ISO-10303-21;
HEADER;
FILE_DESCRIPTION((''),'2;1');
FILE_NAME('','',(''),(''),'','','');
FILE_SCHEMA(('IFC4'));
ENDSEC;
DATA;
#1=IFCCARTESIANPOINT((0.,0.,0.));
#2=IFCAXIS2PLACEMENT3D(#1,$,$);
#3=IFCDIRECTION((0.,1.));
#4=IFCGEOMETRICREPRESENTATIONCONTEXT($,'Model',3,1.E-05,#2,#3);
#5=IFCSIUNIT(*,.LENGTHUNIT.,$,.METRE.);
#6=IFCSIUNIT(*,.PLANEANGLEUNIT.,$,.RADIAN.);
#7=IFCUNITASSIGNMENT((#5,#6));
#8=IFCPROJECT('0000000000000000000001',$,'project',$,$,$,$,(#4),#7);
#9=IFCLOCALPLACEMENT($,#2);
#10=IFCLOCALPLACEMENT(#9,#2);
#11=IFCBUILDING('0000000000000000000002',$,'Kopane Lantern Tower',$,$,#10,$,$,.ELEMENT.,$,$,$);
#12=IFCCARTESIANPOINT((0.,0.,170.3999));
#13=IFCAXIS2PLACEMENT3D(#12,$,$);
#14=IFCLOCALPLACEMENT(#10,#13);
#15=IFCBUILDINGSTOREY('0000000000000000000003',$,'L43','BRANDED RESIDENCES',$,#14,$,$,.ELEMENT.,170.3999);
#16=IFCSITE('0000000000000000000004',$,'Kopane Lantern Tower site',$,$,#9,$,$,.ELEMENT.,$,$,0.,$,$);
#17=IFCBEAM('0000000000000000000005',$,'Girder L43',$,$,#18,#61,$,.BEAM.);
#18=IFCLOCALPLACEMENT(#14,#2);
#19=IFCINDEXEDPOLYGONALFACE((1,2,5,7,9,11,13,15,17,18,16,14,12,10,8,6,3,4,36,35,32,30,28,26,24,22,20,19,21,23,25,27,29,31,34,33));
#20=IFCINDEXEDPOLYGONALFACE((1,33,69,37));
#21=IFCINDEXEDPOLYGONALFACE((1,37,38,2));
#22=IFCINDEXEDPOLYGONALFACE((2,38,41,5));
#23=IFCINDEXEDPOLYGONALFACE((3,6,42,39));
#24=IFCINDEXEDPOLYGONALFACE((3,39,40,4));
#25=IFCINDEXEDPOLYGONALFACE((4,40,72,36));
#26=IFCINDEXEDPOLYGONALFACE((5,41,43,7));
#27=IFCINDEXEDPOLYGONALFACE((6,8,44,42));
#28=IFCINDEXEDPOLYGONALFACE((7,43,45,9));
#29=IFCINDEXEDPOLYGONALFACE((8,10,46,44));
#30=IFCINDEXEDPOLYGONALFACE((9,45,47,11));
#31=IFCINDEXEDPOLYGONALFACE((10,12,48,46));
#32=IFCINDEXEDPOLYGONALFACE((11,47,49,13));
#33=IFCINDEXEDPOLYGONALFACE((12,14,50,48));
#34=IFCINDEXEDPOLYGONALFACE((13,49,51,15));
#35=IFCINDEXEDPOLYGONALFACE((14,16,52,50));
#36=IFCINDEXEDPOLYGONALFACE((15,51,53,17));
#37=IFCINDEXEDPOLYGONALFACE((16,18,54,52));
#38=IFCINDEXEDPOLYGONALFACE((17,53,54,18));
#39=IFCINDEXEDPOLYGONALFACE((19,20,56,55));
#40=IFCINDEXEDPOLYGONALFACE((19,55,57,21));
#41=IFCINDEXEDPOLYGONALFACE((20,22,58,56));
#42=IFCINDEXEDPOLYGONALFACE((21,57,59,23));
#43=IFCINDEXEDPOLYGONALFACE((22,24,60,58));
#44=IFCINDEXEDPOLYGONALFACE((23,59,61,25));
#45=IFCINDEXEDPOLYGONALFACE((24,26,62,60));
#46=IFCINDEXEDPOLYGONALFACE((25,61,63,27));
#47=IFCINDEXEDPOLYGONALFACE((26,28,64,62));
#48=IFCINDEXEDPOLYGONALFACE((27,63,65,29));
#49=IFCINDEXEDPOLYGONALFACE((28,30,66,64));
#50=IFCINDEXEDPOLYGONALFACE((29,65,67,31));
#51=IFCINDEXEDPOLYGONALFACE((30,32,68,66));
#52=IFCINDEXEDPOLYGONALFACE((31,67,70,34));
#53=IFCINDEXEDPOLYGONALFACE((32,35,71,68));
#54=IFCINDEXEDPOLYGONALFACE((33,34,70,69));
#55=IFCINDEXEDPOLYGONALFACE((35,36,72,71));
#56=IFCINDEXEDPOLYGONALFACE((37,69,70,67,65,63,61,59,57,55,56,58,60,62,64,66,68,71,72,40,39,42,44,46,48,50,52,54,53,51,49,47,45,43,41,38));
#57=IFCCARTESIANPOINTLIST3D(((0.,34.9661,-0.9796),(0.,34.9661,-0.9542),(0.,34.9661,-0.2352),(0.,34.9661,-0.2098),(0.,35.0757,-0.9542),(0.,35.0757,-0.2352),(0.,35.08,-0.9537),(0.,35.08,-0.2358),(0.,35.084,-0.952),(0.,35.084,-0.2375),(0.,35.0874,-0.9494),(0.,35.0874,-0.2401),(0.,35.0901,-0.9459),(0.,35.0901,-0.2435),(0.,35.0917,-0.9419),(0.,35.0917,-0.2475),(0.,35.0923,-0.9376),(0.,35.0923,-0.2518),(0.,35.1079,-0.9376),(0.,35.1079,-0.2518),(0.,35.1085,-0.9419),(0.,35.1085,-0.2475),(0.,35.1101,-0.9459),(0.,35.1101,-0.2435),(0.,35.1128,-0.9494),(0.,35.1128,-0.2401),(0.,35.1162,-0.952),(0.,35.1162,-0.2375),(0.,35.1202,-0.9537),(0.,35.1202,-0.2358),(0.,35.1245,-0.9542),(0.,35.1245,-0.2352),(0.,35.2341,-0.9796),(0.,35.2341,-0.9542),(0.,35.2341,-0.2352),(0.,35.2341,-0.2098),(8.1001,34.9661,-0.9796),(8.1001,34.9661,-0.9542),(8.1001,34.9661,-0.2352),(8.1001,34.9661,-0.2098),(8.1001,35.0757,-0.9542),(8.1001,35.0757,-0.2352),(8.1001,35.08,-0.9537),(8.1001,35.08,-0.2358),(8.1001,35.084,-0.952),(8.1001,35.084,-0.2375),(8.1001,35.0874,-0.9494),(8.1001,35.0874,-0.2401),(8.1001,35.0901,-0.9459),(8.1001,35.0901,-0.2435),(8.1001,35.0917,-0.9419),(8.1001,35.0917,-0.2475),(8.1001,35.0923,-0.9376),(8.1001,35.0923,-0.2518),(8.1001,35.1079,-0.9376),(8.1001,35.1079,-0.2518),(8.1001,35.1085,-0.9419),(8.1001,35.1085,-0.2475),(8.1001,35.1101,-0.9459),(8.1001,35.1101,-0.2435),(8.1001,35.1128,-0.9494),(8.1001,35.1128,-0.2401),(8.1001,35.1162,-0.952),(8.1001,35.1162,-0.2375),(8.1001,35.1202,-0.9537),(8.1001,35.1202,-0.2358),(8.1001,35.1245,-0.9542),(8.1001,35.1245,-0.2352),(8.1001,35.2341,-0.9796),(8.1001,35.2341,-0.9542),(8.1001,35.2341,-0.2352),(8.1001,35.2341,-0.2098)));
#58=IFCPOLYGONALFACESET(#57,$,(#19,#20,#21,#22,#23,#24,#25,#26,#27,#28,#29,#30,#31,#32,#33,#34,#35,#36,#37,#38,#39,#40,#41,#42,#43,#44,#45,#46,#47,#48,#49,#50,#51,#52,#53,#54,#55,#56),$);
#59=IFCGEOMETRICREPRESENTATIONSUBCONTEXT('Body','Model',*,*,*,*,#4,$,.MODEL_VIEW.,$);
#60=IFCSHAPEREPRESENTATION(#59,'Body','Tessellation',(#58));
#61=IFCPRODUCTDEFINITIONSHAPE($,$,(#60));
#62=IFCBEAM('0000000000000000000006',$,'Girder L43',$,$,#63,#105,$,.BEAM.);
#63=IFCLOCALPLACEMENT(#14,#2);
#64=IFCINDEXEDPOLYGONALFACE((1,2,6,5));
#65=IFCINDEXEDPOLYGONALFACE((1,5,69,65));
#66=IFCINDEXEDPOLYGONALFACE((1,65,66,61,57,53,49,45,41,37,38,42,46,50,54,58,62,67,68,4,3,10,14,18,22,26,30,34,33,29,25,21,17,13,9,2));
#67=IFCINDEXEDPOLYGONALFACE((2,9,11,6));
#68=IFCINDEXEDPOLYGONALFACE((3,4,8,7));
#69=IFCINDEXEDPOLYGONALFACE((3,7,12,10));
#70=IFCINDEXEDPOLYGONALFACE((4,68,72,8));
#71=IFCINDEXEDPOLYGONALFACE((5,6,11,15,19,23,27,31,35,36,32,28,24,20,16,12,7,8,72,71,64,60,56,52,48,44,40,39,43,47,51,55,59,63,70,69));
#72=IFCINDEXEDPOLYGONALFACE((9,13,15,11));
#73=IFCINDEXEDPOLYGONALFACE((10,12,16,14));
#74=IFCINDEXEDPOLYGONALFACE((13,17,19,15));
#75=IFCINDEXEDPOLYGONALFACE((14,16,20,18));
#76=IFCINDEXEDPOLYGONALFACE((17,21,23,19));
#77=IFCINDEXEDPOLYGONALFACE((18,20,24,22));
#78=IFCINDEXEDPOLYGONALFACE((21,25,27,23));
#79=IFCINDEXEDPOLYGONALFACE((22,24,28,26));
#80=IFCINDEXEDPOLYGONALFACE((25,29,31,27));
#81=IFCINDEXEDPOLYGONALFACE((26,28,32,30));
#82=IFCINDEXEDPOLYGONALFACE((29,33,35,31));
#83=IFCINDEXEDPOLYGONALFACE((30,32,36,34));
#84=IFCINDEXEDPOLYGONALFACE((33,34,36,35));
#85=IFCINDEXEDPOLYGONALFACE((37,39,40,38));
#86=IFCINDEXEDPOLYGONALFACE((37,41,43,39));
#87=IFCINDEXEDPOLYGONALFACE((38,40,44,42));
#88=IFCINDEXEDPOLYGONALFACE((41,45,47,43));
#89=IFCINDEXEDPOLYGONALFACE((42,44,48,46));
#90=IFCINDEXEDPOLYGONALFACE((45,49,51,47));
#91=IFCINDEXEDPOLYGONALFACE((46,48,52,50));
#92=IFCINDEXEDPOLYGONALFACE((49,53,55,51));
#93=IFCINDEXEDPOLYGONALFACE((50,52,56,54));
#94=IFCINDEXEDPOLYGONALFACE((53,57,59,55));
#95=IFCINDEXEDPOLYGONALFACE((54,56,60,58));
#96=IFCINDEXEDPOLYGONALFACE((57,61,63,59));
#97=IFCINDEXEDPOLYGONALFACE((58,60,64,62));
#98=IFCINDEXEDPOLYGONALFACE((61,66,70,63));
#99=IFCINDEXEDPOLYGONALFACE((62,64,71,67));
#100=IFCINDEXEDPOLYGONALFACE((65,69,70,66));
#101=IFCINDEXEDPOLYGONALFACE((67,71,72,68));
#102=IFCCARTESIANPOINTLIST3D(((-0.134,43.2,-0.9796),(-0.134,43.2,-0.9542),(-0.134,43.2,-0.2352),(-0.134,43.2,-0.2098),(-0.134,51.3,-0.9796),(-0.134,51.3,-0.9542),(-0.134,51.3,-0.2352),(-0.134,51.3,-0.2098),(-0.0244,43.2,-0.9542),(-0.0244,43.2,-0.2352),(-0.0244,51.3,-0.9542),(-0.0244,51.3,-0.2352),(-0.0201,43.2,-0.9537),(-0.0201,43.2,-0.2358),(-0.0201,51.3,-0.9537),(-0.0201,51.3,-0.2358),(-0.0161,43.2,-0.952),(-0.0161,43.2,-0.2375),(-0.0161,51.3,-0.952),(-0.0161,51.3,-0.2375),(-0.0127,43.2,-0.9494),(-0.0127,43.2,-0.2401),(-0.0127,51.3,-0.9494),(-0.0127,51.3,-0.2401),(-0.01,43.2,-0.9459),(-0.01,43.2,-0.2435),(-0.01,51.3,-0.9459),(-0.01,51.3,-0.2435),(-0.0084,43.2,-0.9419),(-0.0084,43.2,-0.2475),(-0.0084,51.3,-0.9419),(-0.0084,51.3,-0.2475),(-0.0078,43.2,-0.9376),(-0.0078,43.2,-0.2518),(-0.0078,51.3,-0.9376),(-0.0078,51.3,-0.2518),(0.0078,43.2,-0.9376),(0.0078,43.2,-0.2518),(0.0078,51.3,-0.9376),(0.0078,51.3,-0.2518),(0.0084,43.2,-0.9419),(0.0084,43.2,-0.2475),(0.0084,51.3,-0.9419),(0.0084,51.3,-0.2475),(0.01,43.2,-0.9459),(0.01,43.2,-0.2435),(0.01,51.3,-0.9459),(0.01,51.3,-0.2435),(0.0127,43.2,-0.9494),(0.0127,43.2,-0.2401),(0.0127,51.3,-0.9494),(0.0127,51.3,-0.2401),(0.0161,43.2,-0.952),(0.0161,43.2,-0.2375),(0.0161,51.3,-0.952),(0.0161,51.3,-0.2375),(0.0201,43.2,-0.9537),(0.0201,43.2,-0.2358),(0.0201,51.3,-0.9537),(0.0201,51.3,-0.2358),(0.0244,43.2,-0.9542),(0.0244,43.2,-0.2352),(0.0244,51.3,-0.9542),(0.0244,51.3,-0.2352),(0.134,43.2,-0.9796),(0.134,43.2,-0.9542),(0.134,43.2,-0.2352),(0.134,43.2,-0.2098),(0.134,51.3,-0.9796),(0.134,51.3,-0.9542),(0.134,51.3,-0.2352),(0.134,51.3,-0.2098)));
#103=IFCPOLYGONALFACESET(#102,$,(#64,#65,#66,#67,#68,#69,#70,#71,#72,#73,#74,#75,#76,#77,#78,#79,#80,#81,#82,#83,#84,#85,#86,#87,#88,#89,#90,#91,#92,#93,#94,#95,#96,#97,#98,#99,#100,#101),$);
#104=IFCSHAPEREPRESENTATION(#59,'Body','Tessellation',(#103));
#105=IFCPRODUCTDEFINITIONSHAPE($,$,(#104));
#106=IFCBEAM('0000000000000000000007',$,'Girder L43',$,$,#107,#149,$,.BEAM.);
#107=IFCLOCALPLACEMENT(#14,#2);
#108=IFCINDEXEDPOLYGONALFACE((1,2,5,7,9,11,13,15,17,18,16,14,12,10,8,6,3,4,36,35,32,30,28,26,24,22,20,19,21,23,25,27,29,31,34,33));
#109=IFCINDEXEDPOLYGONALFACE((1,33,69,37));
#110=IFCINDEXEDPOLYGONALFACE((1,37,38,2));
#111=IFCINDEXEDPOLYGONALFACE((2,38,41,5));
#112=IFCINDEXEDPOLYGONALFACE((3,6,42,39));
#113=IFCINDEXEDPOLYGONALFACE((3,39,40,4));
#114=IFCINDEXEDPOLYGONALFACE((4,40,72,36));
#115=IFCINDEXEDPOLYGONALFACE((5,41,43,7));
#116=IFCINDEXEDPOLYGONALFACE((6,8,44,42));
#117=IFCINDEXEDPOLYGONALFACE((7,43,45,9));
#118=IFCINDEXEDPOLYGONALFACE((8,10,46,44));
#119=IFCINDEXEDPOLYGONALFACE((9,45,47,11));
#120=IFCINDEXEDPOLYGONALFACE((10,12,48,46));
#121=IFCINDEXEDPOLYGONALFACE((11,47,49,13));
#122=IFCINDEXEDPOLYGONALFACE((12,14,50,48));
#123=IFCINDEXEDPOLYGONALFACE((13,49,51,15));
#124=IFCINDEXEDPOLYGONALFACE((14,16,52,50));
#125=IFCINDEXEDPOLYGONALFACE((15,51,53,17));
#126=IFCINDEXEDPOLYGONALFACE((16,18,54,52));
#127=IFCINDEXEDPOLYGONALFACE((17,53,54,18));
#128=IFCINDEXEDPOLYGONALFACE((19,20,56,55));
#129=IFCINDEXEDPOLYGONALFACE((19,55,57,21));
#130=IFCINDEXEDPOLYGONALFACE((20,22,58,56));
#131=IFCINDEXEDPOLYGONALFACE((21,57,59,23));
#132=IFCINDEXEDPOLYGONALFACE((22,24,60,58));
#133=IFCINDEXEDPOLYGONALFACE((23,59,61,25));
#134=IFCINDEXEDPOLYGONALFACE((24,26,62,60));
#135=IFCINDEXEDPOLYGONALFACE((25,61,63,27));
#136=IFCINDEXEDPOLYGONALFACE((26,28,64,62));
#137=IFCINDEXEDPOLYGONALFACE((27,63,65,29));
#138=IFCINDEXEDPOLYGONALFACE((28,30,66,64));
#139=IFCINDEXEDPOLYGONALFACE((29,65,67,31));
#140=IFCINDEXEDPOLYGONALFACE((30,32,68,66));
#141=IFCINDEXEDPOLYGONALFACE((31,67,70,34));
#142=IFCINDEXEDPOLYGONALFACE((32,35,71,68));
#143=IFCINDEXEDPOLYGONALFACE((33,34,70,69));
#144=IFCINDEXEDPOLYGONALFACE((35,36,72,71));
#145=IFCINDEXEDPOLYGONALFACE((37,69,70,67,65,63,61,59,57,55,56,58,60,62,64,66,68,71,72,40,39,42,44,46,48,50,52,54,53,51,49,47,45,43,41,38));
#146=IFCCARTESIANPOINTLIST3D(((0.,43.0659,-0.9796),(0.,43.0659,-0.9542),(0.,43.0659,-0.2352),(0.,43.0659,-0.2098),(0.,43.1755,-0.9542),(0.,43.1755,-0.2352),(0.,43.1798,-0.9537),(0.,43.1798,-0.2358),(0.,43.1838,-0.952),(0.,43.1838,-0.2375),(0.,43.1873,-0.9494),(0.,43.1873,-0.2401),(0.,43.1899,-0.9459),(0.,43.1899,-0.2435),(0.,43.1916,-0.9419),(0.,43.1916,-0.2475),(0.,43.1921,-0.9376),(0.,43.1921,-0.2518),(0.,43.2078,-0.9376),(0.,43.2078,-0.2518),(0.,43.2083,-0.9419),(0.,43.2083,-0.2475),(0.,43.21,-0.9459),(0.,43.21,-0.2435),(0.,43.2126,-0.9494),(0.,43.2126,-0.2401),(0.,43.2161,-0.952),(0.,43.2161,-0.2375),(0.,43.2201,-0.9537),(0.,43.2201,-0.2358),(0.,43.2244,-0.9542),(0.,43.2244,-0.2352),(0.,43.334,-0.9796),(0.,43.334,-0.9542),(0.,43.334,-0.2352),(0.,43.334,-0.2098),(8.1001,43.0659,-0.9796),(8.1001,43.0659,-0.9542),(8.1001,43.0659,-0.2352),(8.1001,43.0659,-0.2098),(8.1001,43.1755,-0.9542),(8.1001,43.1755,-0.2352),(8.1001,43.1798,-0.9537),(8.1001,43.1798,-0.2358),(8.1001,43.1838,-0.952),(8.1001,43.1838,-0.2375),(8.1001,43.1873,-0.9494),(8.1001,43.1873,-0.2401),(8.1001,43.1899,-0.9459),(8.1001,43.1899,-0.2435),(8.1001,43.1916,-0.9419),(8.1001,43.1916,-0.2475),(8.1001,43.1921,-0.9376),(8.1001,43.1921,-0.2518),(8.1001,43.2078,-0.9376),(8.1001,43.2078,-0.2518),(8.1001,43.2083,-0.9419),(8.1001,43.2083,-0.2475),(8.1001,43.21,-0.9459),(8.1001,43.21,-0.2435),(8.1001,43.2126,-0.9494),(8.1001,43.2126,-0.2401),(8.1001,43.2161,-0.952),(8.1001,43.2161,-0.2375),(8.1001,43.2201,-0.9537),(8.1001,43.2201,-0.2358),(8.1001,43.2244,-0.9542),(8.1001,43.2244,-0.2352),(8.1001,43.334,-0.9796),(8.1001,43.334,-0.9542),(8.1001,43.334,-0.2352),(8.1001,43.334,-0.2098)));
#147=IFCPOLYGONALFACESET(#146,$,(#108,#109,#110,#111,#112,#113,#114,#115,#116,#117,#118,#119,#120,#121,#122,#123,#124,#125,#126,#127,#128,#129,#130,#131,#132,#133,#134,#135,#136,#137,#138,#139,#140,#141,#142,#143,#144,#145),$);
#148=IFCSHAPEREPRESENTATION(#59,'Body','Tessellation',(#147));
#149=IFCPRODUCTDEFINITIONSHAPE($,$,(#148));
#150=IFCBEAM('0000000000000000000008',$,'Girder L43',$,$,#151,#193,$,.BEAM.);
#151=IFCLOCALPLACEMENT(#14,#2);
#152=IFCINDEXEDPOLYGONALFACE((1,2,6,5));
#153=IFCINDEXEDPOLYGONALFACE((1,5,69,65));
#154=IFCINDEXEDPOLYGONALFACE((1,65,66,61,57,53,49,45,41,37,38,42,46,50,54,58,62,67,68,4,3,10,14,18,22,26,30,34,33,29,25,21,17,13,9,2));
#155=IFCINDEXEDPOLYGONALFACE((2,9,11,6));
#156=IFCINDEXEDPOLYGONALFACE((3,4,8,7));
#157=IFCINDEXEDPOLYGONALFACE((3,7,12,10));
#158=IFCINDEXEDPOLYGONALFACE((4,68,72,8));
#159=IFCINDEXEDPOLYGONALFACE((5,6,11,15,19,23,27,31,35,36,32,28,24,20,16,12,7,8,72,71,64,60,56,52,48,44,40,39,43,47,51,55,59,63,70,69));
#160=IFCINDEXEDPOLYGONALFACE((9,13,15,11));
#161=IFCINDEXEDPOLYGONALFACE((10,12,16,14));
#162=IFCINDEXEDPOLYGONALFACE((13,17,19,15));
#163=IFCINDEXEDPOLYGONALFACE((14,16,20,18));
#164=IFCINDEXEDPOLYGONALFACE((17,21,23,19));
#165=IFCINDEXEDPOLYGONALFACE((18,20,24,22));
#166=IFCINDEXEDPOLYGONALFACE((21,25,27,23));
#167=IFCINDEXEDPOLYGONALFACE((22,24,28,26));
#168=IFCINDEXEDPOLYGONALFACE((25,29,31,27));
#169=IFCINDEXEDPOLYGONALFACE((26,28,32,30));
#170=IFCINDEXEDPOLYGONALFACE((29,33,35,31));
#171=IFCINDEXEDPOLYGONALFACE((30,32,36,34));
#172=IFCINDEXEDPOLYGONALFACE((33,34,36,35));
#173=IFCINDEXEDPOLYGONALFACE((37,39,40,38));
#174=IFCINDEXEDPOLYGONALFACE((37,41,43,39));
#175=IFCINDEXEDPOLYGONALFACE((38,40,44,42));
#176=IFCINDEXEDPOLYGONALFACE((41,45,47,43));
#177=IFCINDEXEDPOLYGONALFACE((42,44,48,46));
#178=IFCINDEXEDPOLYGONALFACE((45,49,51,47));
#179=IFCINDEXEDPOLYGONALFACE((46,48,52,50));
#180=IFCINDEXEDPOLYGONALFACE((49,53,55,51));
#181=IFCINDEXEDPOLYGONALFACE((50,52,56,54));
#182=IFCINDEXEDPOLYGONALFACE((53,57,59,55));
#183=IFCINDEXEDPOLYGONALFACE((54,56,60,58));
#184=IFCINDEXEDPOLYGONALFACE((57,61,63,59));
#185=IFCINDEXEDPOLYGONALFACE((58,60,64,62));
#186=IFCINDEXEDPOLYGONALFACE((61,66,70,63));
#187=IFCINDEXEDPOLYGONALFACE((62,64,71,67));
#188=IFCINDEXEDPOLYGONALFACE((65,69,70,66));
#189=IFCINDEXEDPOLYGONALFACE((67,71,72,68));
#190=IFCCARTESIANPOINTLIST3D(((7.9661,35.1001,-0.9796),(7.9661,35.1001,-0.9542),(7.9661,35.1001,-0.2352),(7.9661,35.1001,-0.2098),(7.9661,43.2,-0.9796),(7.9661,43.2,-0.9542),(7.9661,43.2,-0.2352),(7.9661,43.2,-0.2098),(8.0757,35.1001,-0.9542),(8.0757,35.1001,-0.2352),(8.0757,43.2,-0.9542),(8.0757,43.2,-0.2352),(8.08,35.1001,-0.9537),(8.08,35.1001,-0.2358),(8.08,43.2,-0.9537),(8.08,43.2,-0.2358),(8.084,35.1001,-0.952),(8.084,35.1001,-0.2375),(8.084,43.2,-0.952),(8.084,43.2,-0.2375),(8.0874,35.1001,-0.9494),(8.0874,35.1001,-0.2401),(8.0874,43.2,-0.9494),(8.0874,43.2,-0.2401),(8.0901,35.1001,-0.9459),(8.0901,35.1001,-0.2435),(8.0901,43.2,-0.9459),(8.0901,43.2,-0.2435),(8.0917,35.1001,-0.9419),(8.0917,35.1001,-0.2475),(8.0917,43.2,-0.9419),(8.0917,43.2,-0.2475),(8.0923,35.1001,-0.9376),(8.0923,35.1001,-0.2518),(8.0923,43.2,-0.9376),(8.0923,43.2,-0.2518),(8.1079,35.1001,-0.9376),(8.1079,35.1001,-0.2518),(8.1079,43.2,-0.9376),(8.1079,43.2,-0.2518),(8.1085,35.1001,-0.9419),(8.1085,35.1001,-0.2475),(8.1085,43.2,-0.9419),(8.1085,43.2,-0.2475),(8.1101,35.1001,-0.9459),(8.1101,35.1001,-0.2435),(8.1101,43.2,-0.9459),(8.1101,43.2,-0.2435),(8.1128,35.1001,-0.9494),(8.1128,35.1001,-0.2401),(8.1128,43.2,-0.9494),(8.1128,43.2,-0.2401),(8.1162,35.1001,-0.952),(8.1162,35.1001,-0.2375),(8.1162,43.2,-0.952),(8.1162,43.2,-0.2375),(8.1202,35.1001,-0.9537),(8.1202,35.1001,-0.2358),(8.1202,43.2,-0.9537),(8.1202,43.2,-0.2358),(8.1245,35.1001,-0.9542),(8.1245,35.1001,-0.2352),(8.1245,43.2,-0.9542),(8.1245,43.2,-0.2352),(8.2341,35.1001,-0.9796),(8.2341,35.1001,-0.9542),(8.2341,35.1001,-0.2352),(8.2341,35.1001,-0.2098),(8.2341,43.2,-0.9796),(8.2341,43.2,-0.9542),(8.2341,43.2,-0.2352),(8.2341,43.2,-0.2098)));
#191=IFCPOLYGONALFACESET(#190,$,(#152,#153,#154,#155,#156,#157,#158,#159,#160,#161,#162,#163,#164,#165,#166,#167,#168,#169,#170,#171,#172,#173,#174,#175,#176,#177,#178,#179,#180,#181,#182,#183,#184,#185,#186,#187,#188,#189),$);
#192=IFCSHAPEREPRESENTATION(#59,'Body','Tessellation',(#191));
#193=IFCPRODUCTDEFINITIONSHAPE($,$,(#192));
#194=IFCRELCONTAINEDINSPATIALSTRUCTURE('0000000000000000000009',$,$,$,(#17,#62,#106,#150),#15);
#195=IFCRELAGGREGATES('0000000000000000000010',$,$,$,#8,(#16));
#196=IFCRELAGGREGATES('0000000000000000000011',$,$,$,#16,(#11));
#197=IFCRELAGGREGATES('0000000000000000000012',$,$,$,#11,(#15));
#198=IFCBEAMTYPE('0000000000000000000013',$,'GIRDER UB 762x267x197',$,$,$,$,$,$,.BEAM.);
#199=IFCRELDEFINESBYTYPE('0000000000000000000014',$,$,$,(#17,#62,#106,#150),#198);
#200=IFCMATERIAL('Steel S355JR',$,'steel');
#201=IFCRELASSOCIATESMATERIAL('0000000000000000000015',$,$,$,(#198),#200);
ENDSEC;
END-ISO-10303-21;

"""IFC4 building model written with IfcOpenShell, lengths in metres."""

from ifc_helpers import new_model, si_unit, direction, frame, origin, origin_2d, place, context, subcontext, project, spatial, i_section, extrude, material, material_profile, profile_set, type_object, element, save


model = new_model("IFC4")

# Units and contexts
model_context = context("Model", 3, precision=1e-05, world=origin(), true_north=direction((0.0, 1.0)))
body_context = subcontext(model_context, "Body", "Model", "MODEL_VIEW")
ifc_project = project(units=[si_unit("LENGTHUNIT", "METRE"), si_unit("PLANEANGLEUNIT", "RADIAN")], contexts=[model_context])

# Site, building, storey
site_placement = place(None, origin())
site = spatial("IfcSite", under=ifc_project, at=site_placement, Name="Kopane Lantern Tower site", CompositionType="ELEMENT", RefElevation=0.0)
building_placement = place(site_placement, origin())
building = spatial("IfcBuilding", under=site, at=building_placement, Name="Kopane Lantern Tower", CompositionType="ELEMENT")
storey_placement = place(building_placement, frame((0.0, 0.0, 170.3999)))
storey = spatial("IfcBuildingStorey", under=building, at=storey_placement, Name="L43", Description="BRANDED RESIDENCES", CompositionType="ELEMENT", Elevation=170.3999)

# Beams
ifc_material_1 = material(Name="Steel S355JR", Category="steel")
ifc_material_profile_1 = material_profile(ifc_material_1, i_section(OverallWidth=0.2681, OverallDepth=0.7698, WebThickness=0.0156, FlangeThickness=0.0254, FilletRadius=0.0166, at=origin_2d()), Name="UB 762x267x197")
ifc_profile_set_1 = profile_set([ifc_material_profile_1], Name="Steel S355JR")
beam_type = type_object("IfcBeamType", Name="GIRDER UB 762x267x197", PredefinedType="BEAM", material=ifc_profile_set_1)
for number, where, z_axis, x_axis, name in (
    (1, (0.0, 35.1001, -0.5947), (1.0, 0.0, 0.0), (0.0, 1.0, 0.0), "Girder L43"),
    (2, (0.0, 43.2, -0.5947), (0.0, 1.0, 0.0), (-1.0, 0.0, 0.0), "Girder L43"),
    (3, (0.0, 43.2, -0.5947), (1.0, 0.0, 0.0), (0.0, 1.0, 0.0), "Girder L43"),
):
    element("IfcBeam", number, at=place(storey_placement, frame(where, z_axis=z_axis, x_axis=x_axis)), inside=storey, type_object=beam_type, Name=name, PredefinedType="BEAM", context=body_context, shape_type="SweptSolid", body=[
        extrude(i_section(OverallWidth=0.2681, OverallDepth=0.7698, WebThickness=0.0156, FlangeThickness=0.0254, FilletRadius=0.0166, at=origin_2d()), origin(), (0.0, 0.0, 1.0), 8.1001),
    ])
for number, where, z_axis, x_axis, name in (
    (4, (8.1001, 35.1001, -0.5947), (0.0, 1.0, 0.0), (-1.0, 0.0, 0.0), "Girder L43"),
):
    element("IfcBeam", number, at=place(storey_placement, frame(where, z_axis=z_axis, x_axis=x_axis)), inside=storey, type_object=beam_type, Name=name, PredefinedType="BEAM", context=body_context, shape_type="SweptSolid", body=[
        extrude(i_section(OverallWidth=0.2681, OverallDepth=0.7698, WebThickness=0.0156, FlangeThickness=0.0254, FilletRadius=0.0166, at=origin_2d()), origin(), (0.0, 0.0, 1.0), 8.0999),
    ])

save(model, "model.ifc")
